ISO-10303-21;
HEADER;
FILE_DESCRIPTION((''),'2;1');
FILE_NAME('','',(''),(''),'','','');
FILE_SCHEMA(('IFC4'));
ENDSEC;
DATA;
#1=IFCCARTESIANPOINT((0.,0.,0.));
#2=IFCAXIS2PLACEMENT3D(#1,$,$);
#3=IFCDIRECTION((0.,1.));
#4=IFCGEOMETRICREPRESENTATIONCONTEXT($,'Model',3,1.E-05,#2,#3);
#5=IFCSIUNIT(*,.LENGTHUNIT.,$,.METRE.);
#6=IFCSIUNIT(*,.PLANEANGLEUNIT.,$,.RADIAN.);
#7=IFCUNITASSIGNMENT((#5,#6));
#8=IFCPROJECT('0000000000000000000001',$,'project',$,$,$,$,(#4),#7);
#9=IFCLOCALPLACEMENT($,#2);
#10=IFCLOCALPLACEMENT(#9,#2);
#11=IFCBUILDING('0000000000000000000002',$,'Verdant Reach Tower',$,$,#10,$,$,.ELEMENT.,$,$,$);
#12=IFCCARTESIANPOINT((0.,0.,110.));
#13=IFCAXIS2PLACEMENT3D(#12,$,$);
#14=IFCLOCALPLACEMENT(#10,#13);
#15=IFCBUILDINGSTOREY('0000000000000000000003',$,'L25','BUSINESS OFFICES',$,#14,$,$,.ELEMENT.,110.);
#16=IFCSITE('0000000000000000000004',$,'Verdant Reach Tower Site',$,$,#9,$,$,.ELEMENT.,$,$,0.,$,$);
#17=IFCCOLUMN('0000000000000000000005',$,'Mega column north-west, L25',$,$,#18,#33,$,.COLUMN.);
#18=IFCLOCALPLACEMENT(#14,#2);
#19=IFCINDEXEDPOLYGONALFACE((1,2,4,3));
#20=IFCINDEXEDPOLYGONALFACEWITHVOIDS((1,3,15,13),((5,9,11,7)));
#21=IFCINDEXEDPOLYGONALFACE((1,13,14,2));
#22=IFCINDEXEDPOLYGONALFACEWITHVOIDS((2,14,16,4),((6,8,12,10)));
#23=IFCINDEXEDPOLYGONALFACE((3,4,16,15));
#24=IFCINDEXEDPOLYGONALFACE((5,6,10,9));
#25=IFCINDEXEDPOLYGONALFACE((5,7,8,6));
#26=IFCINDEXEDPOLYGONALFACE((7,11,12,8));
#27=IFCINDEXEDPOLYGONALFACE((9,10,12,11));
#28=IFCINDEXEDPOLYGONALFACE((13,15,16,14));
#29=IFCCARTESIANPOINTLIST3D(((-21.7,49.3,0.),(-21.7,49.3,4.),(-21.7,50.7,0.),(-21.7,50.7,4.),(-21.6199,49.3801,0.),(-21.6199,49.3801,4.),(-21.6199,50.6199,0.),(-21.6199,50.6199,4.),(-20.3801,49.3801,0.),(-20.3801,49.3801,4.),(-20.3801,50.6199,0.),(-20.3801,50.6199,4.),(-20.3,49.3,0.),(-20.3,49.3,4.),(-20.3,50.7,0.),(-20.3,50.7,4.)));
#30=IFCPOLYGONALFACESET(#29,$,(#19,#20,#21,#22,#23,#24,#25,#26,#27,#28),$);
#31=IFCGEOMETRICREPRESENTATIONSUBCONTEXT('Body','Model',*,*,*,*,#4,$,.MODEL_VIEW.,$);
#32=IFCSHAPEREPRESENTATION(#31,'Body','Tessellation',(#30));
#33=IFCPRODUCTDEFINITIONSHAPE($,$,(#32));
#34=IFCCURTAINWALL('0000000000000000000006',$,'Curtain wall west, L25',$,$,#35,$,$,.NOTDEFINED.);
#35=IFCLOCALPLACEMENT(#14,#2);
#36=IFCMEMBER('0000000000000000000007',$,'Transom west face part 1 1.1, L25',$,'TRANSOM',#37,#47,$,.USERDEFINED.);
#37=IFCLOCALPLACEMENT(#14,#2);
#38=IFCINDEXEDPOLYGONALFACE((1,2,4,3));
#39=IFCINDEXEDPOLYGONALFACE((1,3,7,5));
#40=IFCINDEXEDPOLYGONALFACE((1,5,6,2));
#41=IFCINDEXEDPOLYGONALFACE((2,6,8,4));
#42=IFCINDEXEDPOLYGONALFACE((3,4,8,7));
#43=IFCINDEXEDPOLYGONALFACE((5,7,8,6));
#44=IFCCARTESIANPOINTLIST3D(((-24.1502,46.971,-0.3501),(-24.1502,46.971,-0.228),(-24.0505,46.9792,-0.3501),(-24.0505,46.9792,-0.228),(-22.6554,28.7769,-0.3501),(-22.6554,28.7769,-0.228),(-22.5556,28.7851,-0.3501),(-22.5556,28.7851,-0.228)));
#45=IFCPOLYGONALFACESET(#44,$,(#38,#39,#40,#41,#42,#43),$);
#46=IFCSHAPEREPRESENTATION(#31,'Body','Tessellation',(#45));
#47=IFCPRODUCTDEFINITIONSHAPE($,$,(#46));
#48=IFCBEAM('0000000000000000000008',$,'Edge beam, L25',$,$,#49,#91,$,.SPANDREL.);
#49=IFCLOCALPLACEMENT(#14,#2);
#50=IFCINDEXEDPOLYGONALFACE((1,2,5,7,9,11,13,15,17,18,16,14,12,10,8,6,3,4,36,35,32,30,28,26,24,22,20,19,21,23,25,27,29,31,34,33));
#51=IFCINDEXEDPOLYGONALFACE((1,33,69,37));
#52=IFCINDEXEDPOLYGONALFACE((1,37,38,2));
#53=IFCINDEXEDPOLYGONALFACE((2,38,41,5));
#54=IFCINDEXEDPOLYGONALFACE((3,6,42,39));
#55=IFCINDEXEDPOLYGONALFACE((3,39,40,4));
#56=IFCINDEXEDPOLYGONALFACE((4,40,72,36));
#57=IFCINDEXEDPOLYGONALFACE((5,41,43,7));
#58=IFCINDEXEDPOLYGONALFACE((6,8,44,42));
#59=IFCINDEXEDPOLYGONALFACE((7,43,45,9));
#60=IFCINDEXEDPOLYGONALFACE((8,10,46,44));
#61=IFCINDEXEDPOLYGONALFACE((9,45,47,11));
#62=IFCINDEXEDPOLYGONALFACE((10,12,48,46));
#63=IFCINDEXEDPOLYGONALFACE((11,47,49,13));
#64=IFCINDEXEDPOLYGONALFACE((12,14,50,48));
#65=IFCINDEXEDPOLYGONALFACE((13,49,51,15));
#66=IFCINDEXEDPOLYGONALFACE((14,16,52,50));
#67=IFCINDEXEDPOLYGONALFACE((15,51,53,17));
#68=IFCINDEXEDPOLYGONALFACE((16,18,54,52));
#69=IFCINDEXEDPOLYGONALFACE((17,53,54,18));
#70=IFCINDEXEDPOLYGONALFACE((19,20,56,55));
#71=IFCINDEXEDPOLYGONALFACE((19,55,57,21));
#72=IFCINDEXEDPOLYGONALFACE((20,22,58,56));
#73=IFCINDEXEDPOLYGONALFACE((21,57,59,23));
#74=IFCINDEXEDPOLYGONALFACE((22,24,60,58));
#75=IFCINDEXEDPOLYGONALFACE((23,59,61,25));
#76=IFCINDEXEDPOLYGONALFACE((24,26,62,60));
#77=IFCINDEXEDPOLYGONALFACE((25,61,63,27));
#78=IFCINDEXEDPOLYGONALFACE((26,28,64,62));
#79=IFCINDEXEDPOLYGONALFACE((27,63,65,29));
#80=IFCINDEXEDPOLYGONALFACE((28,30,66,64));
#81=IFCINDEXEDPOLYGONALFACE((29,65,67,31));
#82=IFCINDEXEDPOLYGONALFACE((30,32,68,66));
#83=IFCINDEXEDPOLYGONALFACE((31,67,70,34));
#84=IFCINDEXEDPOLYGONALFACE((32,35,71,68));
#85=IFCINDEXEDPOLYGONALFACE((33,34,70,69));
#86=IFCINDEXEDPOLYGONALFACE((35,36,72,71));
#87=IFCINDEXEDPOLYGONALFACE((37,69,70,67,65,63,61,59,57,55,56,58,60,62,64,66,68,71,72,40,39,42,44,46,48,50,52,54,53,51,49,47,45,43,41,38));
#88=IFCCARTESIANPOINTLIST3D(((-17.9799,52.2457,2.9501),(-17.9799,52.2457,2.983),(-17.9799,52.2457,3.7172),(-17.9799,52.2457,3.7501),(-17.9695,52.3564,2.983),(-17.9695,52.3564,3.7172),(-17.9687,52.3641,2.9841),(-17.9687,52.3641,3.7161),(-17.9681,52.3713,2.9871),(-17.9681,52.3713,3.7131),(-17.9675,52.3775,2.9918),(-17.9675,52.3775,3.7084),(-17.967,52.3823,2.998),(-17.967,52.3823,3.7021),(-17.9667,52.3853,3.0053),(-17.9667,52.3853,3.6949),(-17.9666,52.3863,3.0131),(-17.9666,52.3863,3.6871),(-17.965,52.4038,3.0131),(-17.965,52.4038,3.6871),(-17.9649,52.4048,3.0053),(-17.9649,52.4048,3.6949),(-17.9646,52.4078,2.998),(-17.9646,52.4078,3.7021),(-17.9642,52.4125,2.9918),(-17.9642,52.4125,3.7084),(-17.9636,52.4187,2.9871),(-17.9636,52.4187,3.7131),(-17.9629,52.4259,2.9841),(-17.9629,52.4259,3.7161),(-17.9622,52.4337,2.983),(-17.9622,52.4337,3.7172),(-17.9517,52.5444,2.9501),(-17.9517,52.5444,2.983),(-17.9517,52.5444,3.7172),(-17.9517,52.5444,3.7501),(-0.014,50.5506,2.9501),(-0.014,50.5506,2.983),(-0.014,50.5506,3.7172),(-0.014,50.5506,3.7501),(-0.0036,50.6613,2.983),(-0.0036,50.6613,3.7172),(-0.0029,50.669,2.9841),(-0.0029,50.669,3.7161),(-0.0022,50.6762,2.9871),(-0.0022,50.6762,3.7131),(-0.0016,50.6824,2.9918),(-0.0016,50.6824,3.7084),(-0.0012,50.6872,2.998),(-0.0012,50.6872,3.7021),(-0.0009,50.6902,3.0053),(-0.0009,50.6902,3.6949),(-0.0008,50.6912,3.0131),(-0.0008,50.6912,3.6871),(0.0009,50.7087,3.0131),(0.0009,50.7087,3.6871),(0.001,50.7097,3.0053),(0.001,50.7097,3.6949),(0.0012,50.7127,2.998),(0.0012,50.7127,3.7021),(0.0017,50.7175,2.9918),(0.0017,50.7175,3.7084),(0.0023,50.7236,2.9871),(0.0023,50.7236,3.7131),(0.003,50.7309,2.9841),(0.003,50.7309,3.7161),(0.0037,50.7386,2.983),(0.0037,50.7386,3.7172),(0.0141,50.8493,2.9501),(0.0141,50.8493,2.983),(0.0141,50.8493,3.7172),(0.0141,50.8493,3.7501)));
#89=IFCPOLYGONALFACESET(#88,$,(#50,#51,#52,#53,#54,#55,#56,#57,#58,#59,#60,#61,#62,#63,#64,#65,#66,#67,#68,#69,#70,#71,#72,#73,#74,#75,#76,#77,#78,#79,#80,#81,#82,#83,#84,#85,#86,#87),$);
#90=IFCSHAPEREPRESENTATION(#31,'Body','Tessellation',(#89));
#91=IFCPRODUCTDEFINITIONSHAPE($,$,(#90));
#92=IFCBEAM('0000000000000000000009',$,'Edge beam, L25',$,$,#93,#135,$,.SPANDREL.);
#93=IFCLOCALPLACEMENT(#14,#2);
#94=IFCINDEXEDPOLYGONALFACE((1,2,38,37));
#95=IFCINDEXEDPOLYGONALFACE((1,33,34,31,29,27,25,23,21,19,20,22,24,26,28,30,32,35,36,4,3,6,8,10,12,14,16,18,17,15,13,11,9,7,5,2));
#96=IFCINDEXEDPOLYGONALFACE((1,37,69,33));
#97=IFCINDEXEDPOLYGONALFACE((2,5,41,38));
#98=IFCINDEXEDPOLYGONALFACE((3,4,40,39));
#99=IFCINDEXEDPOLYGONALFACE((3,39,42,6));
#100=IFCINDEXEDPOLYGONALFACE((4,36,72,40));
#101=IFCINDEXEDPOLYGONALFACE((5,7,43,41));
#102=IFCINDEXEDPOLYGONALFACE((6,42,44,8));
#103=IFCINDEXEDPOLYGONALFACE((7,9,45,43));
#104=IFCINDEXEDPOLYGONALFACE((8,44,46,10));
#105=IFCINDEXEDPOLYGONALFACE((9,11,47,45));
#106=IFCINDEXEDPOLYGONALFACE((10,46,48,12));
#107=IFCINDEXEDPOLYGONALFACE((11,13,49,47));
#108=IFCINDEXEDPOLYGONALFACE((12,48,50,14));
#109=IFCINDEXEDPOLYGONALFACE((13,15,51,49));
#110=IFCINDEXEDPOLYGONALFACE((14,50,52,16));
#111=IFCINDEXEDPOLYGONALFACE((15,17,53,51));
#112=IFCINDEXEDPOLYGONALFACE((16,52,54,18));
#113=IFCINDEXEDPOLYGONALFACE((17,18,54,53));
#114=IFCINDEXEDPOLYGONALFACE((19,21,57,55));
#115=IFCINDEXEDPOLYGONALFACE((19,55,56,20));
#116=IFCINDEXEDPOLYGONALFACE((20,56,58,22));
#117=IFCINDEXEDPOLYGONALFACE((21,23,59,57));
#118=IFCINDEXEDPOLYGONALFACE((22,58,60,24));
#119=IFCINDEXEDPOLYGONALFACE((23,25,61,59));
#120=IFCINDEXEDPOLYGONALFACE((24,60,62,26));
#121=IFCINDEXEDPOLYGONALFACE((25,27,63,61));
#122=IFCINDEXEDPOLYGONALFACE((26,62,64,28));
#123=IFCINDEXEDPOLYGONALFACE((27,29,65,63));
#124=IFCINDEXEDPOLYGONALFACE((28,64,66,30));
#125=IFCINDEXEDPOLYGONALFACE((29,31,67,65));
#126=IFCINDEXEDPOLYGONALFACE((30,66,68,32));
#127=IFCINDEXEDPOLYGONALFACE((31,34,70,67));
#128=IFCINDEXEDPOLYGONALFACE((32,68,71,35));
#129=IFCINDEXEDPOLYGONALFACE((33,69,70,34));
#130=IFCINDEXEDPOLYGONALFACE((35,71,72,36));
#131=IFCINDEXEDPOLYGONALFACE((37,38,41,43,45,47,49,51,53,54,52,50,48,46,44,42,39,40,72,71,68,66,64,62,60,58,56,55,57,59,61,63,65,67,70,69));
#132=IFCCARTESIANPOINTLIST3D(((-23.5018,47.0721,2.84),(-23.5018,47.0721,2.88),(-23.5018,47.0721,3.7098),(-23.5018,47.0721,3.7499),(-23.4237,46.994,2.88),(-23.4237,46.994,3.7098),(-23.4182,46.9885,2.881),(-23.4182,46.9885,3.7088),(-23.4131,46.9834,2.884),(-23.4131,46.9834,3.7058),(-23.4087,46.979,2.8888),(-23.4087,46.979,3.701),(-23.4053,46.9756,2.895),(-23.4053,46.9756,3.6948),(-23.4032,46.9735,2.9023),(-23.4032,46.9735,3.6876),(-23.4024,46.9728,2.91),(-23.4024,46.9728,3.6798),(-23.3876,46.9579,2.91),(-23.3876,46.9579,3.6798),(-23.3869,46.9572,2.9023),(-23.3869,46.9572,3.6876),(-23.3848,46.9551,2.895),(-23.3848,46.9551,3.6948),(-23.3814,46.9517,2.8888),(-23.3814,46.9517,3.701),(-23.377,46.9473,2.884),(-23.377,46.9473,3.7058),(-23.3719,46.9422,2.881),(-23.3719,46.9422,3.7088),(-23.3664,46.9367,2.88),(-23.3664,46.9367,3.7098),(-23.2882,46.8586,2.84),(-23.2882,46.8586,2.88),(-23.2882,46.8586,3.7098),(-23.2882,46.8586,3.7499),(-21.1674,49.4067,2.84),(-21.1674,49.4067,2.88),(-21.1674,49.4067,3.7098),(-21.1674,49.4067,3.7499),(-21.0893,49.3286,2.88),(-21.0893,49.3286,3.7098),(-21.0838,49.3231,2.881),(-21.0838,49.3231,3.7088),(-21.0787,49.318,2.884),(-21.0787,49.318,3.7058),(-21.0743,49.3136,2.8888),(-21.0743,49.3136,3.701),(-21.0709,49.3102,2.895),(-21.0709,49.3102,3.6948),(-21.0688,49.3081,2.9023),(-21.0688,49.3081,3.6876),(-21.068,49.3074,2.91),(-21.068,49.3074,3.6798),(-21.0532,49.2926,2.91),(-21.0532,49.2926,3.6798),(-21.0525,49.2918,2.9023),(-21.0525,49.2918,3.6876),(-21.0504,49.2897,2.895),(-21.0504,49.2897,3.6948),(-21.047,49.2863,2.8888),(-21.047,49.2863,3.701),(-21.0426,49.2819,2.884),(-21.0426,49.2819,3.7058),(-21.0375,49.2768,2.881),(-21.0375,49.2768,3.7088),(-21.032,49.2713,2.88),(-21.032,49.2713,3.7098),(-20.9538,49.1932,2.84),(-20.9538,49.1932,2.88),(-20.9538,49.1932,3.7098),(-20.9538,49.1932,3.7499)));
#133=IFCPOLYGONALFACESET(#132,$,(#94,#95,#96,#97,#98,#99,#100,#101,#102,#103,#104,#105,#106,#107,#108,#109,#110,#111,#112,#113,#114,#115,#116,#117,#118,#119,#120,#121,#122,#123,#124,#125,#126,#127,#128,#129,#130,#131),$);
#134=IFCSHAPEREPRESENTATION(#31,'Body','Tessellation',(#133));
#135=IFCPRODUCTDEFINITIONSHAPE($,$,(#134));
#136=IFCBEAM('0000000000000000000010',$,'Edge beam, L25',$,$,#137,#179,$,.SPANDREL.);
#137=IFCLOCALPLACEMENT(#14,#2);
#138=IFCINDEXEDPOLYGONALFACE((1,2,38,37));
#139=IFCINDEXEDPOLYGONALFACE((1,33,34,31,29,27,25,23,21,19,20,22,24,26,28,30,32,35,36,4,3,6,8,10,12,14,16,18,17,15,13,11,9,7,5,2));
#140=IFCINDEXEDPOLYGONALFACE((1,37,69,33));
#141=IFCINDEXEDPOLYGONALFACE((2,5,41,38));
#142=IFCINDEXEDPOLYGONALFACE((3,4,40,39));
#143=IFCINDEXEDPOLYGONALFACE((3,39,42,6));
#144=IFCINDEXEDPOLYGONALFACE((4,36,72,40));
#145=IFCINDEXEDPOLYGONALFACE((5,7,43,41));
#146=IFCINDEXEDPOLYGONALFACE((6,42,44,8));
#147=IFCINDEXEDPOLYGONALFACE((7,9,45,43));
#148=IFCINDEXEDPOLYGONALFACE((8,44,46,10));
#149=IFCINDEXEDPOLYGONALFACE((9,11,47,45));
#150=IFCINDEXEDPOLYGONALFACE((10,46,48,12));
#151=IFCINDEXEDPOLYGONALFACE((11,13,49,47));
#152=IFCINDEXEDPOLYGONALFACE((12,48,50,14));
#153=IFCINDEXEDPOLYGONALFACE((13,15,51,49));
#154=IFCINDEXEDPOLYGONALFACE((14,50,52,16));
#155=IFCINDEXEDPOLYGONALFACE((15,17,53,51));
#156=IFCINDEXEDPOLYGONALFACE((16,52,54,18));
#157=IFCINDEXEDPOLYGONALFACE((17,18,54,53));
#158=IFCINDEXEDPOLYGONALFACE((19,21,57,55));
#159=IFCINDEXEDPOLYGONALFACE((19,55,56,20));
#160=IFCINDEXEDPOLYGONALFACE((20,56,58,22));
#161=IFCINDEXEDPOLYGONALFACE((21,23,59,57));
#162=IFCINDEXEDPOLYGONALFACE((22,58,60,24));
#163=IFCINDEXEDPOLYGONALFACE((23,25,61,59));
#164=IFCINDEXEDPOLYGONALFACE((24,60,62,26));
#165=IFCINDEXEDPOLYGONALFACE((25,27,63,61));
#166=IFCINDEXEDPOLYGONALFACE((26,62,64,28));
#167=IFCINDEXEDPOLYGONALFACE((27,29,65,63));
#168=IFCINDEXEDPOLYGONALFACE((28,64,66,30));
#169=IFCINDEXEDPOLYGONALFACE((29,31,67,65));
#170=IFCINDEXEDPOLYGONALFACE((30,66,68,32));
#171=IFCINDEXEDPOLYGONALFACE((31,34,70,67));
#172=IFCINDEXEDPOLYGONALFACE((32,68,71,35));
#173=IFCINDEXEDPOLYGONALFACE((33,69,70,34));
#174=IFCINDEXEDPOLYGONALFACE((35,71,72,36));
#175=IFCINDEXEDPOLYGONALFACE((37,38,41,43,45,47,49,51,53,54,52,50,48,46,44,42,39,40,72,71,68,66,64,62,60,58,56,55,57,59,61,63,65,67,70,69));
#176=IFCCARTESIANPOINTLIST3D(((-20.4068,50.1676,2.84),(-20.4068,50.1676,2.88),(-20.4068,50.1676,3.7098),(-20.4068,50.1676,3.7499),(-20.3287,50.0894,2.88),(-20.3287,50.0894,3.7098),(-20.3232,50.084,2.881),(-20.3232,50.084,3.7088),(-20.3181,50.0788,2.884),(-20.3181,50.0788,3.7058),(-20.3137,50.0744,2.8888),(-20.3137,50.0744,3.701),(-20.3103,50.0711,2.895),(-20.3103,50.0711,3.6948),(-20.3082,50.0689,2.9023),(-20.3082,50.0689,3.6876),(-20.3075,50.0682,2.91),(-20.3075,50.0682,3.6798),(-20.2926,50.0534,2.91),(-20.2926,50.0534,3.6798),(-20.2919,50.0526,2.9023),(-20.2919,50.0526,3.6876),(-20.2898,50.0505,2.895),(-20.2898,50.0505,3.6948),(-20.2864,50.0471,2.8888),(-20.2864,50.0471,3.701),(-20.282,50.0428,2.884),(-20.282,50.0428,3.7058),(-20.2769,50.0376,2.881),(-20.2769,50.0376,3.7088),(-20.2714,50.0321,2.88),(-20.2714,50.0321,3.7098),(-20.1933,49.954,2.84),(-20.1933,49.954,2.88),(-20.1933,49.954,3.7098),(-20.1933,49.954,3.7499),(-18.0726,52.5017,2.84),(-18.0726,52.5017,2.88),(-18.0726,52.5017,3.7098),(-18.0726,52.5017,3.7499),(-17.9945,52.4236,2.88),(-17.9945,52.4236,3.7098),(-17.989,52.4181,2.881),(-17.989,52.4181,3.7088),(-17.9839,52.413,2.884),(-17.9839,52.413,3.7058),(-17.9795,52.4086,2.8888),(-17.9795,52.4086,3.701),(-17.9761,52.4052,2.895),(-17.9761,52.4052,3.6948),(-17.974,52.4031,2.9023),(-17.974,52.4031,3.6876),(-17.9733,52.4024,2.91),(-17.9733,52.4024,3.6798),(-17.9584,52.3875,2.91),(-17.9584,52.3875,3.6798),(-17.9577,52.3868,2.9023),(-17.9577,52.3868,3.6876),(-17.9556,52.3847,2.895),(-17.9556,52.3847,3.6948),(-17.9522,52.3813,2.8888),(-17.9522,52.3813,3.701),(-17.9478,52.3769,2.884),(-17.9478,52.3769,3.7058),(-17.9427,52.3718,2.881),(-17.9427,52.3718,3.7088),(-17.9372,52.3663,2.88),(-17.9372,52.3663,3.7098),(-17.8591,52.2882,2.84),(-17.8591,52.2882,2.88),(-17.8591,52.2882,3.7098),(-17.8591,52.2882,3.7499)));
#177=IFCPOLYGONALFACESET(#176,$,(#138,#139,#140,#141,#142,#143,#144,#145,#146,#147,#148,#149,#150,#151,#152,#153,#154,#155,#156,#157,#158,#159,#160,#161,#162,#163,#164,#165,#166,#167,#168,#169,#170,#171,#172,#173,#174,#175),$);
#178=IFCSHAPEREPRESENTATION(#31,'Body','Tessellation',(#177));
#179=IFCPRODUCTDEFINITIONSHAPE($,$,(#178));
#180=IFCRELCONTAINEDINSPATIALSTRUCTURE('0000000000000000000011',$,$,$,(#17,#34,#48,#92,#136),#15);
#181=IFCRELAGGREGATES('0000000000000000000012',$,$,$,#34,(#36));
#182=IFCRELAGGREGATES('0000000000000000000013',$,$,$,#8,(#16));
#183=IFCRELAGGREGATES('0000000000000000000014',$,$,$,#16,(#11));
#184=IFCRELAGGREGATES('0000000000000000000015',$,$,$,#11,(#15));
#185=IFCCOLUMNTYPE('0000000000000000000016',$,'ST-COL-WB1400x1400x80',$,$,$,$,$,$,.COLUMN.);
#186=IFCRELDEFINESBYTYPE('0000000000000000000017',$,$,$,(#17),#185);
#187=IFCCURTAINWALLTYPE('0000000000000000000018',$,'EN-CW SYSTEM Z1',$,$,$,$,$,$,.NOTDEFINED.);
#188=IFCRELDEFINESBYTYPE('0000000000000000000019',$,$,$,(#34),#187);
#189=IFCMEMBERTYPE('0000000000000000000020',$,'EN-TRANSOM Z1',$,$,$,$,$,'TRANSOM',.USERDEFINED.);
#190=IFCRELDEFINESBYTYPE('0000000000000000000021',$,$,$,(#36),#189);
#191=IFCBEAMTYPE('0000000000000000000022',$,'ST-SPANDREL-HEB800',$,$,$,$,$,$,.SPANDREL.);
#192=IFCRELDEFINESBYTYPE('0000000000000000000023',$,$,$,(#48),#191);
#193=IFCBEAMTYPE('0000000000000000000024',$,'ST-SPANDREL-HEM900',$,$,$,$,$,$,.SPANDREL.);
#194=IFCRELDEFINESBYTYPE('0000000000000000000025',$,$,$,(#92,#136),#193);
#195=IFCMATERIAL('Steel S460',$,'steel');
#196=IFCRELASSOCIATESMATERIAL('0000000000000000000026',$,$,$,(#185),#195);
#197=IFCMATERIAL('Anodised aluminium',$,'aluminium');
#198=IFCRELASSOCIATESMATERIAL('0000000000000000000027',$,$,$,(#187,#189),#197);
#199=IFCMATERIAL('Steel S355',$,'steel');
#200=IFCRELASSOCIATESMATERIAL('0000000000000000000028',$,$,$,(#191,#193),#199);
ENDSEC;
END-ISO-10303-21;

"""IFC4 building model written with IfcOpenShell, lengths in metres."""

from ifc_helpers import new_model, si_unit, direction, frame, origin, origin_2d, place, context, subcontext, project, spatial, rectangle, hollow_rectangle, i_section, extrude, material, material_profile, profile_set, type_object, element, aggregate, save


model = new_model("IFC4")

# Units and contexts
model_context = context("Model", 3, precision=1e-05, world=origin(), true_north=direction((0.0, 1.0)))
body_context = subcontext(model_context, "Body", "Model", "MODEL_VIEW")
ifc_project = project(units=[si_unit("LENGTHUNIT", "METRE"), si_unit("PLANEANGLEUNIT", "RADIAN")], contexts=[model_context])

# Site, building, storey
site_placement = place(None, origin())
site = spatial("IfcSite", under=ifc_project, at=site_placement, Name="Verdant Reach Tower Site", CompositionType="ELEMENT", RefElevation=0.0)
building_placement = place(site_placement, origin())
building = spatial("IfcBuilding", under=site, at=building_placement, Name="Verdant Reach Tower", CompositionType="ELEMENT")
storey_placement = place(building_placement, frame((0.0, 0.0, 110.0)))
storey = spatial("IfcBuildingStorey", under=building, at=storey_placement, Name="L25", Description="BUSINESS OFFICES", CompositionType="ELEMENT", Elevation=110.0)

# Column
ifc_material_1 = material(Name="Steel S460", Category="steel")
ifc_material_profile_1 = material_profile(ifc_material_1, hollow_rectangle(XDim=1.3999, YDim=1.3999, WallThickness=0.0801, at=origin_2d()), Name="WB 1400x1400x80")
ifc_profile_set_1 = profile_set([ifc_material_profile_1], Name="Steel S460")
column_type = type_object("IfcColumnType", Name="ST-COL-WB1400x1400x80", PredefinedType="COLUMN", material=ifc_profile_set_1)
column_placement = place(storey_placement, frame((-21.0, 50.0, 0.0), z_axis=(0.0, 0.0, 1.0), x_axis=(1.0, 0.0, 0.0)))
element("IfcColumn", 1, at=column_placement, inside=storey, type_object=column_type, Name="Mega column north-west, L25", PredefinedType="COLUMN", context=body_context, shape_type="SweptSolid", body=[
    extrude(hollow_rectangle(XDim=1.3999, YDim=1.3999, WallThickness=0.0801, at=origin_2d()), origin(), (0.0, 0.0, 1.0), 4.0),
])

# Curtain wall, member
ifc_material_2 = material(Name="Anodised aluminium", Category="aluminium")
curtain_wall_type = type_object("IfcCurtainWallType", Name="EN-CW SYSTEM Z1", PredefinedType="NOTDEFINED", material=ifc_material_2)
curtain_wall_1_placement = place(storey_placement, origin())
curtain_wall_1 = element("IfcCurtainWall", 2, at=curtain_wall_1_placement, inside=storey, type_object=curtain_wall_type, Name="Curtain wall west, L25", PredefinedType="NOTDEFINED")
ifc_material_profile_2 = material_profile(ifc_material_2, rectangle(XDim=0.1001, YDim=0.1221, at=origin_2d()), Name="Transom 122x100")
ifc_profile_set_2 = profile_set([ifc_material_profile_2], Name="Anodised aluminium")
member_type = type_object("IfcMemberType", Name="EN-TRANSOM Z1", ElementType="TRANSOM", PredefinedType="USERDEFINED", material=ifc_profile_set_2)
member_placement = place(storey_placement, frame((-24.1003, 46.9751, -0.2891), z_axis=(0.081887, -0.996642, 0.0), x_axis=(0.996642, 0.081887, 0.0)))
member = element("IfcMember", 3, at=member_placement, type_object=member_type, Name="Transom west face part 1 1.1, L25", ObjectType="TRANSOM", PredefinedType="USERDEFINED", context=body_context, shape_type="SweptSolid", body=[
    extrude(rectangle(XDim=0.1001, YDim=0.1221, at=origin_2d()), origin(), (0.0, 0.0, 1.0), 18.2554),
])

# Beams
ifc_material_3 = material(Name="Steel S355", Category="steel")
ifc_material_profile_3 = material_profile(ifc_material_3, i_section(OverallWidth=0.3, OverallDepth=0.8, WebThickness=0.0176, FlangeThickness=0.033, FilletRadius=0.03, at=origin_2d()), Name="HEB 800")
ifc_profile_set_3 = profile_set([ifc_material_profile_3], Name="Steel S355")
beam_type_1 = type_object("IfcBeamType", Name="ST-SPANDREL-HEB800", PredefinedType="SPANDREL", material=ifc_profile_set_3)
beam_1_placement = place(storey_placement, frame((-17.9658, 52.395, 3.3501), z_axis=(0.995579, -0.093932, 0.0), x_axis=(0.093932, 0.995579, 0.0)))
element("IfcBeam", 4, at=beam_1_placement, inside=storey, type_object=beam_type_1, Name="Edge beam, L25", PredefinedType="SPANDREL", context=body_context, shape_type="SweptSolid", body=[
    extrude(i_section(OverallWidth=0.3, OverallDepth=0.8, WebThickness=0.0176, FlangeThickness=0.033, FilletRadius=0.03, at=origin_2d()), origin(), (0.0, 0.0, 1.0), 18.0457),
])
ifc_material_profile_4 = material_profile(ifc_material_3, i_section(OverallWidth=0.302, OverallDepth=0.9099, WebThickness=0.021, FlangeThickness=0.04, FilletRadius=0.03, at=origin_2d()), Name="HEM 900")
ifc_profile_set_4 = profile_set([ifc_material_profile_4], Name="Steel S355")
beam_type_2 = type_object("IfcBeamType", Name="ST-SPANDREL-HEM900", PredefinedType="SPANDREL", material=ifc_profile_set_4)
beam_2_placement = place(storey_placement, frame((-23.395, 46.9653, 3.2949), z_axis=(0.70707, 0.707144, 0.0), x_axis=(-0.707144, 0.70707, 0.0)))
element("IfcBeam", 5, at=beam_2_placement, inside=storey, type_object=beam_type_2, Name="Edge beam, L25", PredefinedType="SPANDREL", context=body_context, shape_type="SweptSolid", body=[
    extrude(i_section(OverallWidth=0.302, OverallDepth=0.9099, WebThickness=0.021, FlangeThickness=0.04, FilletRadius=0.03, at=origin_2d()), origin(), (0.0, 0.0, 1.0), 3.3015),
])
beam_3_placement = place(storey_placement, frame((-20.3, 50.0608, 3.2949), z_axis=(0.707107, 0.707107, 0.0), x_axis=(-0.707107, 0.707107, 0.0)))
element("IfcBeam", 6, at=beam_3_placement, inside=storey, type_object=beam_type_2, Name="Edge beam, L25", PredefinedType="SPANDREL", context=body_context, shape_type="SweptSolid", body=[
    extrude(i_section(OverallWidth=0.302, OverallDepth=0.9099, WebThickness=0.021, FlangeThickness=0.04, FilletRadius=0.03, at=origin_2d()), origin(), (0.0, 0.0, 1.0), 3.301),
])

aggregate(curtain_wall_1, [member])

save(model, "model.ifc")
